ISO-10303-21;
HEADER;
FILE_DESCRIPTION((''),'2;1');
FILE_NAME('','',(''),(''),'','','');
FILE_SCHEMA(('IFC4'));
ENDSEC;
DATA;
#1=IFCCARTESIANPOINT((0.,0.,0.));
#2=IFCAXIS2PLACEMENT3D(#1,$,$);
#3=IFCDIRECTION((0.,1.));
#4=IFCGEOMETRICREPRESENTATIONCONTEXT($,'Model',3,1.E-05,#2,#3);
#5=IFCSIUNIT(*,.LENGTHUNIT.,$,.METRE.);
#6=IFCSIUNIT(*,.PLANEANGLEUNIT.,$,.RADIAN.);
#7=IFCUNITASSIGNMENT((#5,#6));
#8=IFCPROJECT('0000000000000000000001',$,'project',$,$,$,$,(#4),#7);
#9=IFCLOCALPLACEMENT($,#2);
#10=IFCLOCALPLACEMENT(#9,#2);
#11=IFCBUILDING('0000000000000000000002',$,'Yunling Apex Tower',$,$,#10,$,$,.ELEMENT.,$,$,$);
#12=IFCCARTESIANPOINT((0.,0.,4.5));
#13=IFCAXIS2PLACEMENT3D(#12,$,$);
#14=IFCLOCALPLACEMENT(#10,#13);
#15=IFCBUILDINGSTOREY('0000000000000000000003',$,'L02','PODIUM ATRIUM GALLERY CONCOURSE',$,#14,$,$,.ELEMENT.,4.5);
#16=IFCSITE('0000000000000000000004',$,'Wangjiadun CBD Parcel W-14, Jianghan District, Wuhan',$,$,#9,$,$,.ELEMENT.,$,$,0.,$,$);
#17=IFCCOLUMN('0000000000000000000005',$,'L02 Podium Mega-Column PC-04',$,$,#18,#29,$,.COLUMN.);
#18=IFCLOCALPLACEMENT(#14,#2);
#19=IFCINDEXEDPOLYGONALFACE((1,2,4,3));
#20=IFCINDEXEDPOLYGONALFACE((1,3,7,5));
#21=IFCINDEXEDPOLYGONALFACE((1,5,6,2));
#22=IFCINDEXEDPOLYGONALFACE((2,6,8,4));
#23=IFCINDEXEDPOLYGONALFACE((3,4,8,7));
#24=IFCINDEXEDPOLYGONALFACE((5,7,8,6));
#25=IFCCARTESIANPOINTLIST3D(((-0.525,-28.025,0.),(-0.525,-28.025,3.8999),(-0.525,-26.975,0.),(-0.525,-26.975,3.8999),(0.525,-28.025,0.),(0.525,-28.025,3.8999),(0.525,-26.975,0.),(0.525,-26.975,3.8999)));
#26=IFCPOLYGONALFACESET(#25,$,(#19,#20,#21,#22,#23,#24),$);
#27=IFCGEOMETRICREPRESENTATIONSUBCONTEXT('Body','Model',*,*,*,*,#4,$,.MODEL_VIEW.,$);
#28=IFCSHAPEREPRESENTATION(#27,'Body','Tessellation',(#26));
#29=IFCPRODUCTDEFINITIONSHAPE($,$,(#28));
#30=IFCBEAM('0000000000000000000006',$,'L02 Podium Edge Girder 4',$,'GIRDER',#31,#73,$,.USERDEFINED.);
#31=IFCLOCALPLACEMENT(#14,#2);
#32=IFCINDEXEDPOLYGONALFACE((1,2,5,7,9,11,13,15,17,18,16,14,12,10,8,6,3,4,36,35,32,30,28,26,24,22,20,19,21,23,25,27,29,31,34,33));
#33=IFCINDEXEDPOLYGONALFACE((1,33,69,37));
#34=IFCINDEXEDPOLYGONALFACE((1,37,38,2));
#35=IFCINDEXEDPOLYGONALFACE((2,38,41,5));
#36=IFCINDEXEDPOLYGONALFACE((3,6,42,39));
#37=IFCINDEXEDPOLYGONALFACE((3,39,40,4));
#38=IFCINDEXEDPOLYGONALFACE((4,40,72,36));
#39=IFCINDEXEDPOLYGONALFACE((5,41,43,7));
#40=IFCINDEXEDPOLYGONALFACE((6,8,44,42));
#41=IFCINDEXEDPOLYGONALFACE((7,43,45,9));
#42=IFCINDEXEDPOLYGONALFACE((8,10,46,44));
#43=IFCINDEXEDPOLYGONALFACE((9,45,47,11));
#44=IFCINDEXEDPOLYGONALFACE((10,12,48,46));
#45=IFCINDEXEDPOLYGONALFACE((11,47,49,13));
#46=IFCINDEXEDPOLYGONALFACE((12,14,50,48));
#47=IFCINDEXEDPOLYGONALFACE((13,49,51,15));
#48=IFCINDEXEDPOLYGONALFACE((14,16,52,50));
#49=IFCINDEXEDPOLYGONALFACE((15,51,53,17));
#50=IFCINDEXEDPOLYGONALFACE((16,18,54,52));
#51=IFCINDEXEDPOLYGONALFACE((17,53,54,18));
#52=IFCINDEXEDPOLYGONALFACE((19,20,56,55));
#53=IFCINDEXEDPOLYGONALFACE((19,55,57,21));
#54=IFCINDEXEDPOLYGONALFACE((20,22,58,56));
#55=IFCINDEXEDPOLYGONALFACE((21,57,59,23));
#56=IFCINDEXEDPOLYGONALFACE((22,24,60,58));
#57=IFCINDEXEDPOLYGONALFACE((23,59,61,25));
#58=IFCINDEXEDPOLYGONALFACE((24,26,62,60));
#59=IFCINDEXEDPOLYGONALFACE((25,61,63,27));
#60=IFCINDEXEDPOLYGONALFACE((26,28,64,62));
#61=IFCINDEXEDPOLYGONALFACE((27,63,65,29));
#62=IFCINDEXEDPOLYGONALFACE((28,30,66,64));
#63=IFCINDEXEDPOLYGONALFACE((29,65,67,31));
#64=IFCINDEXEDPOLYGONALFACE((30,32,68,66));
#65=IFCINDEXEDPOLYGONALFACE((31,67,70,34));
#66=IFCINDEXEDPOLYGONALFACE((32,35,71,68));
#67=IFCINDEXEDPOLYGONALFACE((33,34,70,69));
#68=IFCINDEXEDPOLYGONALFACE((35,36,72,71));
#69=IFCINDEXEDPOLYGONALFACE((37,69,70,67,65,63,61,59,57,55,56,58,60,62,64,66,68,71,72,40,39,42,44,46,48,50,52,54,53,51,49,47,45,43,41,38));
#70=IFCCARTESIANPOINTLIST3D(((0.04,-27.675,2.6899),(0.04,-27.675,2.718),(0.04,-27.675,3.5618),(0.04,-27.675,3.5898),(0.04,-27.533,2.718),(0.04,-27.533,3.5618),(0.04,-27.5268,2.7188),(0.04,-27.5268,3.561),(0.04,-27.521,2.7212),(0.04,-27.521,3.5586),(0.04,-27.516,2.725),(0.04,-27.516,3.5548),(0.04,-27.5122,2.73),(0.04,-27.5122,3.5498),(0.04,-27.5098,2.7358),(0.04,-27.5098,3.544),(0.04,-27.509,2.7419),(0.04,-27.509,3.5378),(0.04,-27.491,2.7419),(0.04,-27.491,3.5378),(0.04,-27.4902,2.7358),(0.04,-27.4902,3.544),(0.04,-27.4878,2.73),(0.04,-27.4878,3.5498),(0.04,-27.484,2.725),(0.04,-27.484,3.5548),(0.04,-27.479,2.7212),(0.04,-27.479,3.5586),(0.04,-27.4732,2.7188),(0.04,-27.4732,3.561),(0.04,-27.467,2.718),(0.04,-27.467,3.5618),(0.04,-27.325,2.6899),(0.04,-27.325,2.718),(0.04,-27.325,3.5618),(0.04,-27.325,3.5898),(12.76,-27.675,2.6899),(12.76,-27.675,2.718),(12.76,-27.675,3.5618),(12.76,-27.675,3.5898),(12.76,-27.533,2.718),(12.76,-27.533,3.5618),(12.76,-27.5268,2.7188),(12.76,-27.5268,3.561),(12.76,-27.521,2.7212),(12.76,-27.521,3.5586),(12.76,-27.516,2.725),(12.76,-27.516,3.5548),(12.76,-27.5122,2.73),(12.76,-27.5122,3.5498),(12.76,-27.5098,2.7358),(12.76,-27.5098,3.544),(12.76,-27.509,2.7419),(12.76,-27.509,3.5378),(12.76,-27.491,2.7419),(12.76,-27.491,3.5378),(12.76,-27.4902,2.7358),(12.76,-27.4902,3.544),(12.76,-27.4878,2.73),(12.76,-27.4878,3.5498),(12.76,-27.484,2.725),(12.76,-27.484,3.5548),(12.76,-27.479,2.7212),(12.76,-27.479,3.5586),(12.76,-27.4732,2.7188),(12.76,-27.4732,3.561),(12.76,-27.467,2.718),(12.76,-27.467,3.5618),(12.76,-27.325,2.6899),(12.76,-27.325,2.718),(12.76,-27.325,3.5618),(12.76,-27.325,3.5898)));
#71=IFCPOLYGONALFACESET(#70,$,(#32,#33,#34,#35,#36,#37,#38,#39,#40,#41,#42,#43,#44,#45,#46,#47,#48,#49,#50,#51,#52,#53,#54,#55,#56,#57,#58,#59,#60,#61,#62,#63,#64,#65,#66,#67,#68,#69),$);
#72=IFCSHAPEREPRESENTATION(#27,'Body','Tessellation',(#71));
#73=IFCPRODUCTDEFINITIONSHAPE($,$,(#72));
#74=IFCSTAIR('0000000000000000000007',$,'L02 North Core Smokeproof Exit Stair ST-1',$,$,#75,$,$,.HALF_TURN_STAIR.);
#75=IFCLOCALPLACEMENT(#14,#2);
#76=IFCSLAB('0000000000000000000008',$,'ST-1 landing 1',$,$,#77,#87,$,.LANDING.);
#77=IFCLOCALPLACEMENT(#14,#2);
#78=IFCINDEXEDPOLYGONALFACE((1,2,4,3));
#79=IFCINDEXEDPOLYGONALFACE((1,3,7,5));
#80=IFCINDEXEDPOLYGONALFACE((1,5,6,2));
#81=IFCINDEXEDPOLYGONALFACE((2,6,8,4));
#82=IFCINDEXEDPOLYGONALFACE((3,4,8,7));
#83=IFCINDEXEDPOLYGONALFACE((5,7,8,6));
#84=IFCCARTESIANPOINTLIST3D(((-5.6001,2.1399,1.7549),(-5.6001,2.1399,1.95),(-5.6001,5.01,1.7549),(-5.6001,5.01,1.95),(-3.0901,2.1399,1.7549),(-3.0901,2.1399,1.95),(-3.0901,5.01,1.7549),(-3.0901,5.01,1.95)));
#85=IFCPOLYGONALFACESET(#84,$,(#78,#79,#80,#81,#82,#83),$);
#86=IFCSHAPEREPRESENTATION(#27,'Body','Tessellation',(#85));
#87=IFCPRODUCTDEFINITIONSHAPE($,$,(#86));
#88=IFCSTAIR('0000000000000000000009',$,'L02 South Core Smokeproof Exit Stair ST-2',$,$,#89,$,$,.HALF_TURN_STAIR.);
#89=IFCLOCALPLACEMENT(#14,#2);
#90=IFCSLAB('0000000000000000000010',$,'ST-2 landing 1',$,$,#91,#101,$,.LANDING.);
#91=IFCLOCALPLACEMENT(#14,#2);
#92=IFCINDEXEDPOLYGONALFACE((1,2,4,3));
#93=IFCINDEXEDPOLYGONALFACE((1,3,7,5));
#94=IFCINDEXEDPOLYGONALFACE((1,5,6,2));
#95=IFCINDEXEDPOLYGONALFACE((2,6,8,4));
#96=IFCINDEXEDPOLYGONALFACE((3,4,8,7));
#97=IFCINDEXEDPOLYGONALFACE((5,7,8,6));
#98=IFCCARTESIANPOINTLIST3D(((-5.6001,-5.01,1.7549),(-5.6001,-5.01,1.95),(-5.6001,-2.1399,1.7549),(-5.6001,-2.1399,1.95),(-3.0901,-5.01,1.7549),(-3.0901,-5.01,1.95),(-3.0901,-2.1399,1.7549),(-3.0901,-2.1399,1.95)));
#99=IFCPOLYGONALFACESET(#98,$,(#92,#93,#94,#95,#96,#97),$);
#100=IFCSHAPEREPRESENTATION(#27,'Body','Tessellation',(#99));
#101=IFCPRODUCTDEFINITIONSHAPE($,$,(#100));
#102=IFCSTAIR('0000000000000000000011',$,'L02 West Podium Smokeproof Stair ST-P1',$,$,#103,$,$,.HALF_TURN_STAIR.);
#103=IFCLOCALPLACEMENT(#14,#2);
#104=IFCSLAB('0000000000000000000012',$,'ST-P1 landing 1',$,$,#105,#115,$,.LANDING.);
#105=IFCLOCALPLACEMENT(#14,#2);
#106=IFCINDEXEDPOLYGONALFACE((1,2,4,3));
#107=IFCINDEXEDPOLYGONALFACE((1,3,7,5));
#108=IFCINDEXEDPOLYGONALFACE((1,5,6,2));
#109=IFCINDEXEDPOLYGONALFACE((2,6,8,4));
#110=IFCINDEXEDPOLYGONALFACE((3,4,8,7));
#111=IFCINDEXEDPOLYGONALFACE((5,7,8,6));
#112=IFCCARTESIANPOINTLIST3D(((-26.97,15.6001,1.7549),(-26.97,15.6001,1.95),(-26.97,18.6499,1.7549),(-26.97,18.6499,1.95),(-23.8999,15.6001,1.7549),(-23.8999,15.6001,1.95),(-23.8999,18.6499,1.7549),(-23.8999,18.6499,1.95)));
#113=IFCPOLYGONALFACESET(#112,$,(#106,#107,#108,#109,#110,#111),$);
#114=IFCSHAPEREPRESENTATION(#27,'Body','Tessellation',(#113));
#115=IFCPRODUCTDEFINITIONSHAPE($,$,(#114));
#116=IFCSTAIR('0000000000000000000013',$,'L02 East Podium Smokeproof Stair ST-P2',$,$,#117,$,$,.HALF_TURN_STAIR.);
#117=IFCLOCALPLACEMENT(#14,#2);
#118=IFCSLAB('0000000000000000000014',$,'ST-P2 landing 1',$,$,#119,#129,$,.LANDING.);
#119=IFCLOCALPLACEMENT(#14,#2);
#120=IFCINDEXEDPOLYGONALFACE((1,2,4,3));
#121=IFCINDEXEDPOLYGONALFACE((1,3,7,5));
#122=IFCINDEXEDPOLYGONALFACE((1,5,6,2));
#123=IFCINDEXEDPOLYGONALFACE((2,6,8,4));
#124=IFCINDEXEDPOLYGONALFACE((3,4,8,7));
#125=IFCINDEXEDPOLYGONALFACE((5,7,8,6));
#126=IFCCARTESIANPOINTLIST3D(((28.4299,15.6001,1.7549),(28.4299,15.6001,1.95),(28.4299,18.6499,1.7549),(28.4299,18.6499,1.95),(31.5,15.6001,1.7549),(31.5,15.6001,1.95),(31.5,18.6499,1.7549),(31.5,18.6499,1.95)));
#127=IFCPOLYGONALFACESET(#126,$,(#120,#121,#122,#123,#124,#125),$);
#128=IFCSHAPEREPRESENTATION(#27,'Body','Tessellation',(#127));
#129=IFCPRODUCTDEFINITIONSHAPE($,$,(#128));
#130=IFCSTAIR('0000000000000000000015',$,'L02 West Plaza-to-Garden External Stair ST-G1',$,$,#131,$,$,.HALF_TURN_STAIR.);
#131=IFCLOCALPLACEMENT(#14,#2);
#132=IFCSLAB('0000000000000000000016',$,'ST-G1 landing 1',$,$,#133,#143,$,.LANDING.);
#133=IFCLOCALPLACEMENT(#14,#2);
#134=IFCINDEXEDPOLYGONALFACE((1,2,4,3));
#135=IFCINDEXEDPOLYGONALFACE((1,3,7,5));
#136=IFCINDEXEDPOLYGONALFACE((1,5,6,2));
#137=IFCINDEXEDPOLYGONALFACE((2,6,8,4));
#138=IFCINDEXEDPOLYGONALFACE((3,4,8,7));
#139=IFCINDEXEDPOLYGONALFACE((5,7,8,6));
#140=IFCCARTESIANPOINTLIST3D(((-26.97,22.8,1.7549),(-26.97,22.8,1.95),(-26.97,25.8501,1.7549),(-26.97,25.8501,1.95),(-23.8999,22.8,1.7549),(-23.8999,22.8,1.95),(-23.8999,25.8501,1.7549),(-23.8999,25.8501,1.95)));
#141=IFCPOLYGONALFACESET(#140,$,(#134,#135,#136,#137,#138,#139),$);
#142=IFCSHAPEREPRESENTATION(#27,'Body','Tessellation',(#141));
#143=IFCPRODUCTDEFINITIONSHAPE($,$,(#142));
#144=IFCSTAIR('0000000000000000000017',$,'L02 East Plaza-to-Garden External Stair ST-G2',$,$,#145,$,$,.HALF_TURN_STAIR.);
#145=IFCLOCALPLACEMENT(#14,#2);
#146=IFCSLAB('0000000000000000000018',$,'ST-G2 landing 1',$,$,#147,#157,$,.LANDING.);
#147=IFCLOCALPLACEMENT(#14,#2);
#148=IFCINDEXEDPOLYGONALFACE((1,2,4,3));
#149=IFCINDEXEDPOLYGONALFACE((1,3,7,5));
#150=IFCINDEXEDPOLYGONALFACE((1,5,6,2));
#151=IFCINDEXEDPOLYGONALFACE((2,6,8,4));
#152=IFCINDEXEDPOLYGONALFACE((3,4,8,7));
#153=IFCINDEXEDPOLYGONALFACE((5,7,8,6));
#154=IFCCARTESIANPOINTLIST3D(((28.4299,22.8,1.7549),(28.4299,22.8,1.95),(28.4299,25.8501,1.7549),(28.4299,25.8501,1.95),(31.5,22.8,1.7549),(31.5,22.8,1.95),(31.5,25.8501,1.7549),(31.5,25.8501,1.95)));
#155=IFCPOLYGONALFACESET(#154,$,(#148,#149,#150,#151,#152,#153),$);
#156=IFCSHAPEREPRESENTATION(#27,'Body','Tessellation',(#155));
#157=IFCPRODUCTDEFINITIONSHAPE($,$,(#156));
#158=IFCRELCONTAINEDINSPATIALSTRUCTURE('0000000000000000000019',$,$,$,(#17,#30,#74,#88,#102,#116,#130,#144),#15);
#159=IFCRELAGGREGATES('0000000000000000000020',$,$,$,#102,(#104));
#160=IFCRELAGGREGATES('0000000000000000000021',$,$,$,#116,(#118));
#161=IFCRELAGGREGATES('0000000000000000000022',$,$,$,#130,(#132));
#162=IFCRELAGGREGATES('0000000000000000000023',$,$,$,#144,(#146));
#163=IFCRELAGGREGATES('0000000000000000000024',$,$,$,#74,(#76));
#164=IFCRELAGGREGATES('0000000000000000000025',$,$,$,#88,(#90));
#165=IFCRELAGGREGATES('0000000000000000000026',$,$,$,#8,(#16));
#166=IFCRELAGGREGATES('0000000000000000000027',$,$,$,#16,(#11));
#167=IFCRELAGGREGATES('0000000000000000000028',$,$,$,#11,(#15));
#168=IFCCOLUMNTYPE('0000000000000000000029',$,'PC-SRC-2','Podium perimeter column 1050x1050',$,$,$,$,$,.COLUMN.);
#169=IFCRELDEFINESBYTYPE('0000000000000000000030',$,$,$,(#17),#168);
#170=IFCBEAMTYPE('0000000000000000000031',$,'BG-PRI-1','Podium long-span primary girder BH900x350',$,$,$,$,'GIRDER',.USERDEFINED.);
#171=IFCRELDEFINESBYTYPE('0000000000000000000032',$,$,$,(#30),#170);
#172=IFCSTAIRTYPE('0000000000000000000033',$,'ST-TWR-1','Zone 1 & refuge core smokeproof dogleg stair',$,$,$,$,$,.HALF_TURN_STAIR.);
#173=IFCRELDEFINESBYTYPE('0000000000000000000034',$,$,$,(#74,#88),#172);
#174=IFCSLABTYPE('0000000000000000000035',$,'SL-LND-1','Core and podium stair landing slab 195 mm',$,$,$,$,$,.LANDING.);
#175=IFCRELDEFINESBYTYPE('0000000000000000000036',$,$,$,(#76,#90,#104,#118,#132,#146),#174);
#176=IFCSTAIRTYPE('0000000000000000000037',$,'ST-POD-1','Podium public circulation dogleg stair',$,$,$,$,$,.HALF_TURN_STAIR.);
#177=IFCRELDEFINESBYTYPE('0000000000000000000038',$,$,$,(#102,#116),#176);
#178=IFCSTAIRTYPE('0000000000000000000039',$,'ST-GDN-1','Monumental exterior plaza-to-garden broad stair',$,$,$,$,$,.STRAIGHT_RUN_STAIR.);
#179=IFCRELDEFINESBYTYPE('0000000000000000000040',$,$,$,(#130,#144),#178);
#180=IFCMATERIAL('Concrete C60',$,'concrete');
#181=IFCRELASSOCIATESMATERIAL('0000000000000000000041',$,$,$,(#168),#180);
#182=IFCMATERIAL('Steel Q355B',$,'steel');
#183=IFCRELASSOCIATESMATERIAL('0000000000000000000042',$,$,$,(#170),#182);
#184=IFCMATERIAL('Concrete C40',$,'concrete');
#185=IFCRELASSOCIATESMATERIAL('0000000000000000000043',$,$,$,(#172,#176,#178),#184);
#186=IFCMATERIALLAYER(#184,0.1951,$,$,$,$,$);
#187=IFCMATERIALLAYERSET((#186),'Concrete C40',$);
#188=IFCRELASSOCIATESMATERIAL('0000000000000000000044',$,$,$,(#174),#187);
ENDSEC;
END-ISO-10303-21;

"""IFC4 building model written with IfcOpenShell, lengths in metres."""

from ifc_helpers import new_model, si_unit, direction, frame, origin, origin_2d, place, context, subcontext, project, spatial, polyline, rectangle, i_section, outline, extrude, source, transform, mapped, material, layer, layer_set, material_profile, profile_set, type_object, element, aggregate, save


model = new_model("IFC4")

# Units and contexts
model_context = context("Model", 3, precision=1e-05, world=origin(), true_north=direction((0.0, 1.0)))
body_context = subcontext(model_context, "Body", "Model", "MODEL_VIEW")
ifc_project = project(units=[si_unit("LENGTHUNIT", "METRE"), si_unit("PLANEANGLEUNIT", "RADIAN")], contexts=[model_context])

# Site, building, storey
site_placement = place(None, origin())
site = spatial("IfcSite", under=ifc_project, at=site_placement, Name="Wangjiadun CBD Parcel W-14, Jianghan District, Wuhan", CompositionType="ELEMENT", RefElevation=0.0)
building_placement = place(site_placement, origin())
building = spatial("IfcBuilding", under=site, at=building_placement, Name="Yunling Apex Tower", CompositionType="ELEMENT")
storey_placement = place(building_placement, frame((0.0, 0.0, 4.5)))
storey = spatial("IfcBuildingStorey", under=building, at=storey_placement, Name="L02", Description="PODIUM ATRIUM GALLERY CONCOURSE", CompositionType="ELEMENT", Elevation=4.5)

# Column
ifc_material_1 = material(Name="Concrete C60", Category="concrete")
ifc_material_profile_1 = material_profile(ifc_material_1, rectangle(XDim=1.05, YDim=1.05, at=origin_2d()))
ifc_profile_set_1 = profile_set([ifc_material_profile_1], Name="Concrete C60")
column_type = type_object("IfcColumnType", Name="PC-SRC-2", Description="Podium perimeter column 1050x1050", PredefinedType="COLUMN", material=ifc_profile_set_1)
shared_shape_1 = source(origin(), body_context, "Body", "SweptSolid", [
    extrude(rectangle(XDim=1.05, YDim=1.05, at=origin_2d()), origin(), (0.0, 0.0, 1.0), 3.8999),
])
column_placement = place(storey_placement, frame((0.0, -27.5, 0.0), z_axis=(0.0, 0.0, 1.0), x_axis=(1.0, 0.0, 0.0)))
element("IfcColumn", 1, at=column_placement, inside=storey, type_object=column_type, Name="L02 Podium Mega-Column PC-04", PredefinedType="COLUMN", context=body_context, shape_type="MappedRepresentation", body=[
    mapped(shared_shape_1, transform((0.0, 0.0, 0.0), scale=1.0)),
])

# Beam
ifc_material_2 = material(Name="Steel Q355B", Category="steel")
ifc_material_profile_2 = material_profile(ifc_material_2, i_section(OverallWidth=0.3501, OverallDepth=0.8999, WebThickness=0.0181, FlangeThickness=0.0281, FilletRadius=0.0239, at=origin_2d()))
ifc_profile_set_2 = profile_set([ifc_material_profile_2], Name="Steel Q355B")
beam_type = type_object("IfcBeamType", Name="BG-PRI-1", Description="Podium long-span primary girder BH900x350", ElementType="GIRDER", PredefinedType="USERDEFINED", material=ifc_profile_set_2)
shared_shape_2 = source(origin(), body_context, "Body", "SweptSolid", [
    extrude(i_section(OverallWidth=0.3501, OverallDepth=0.8999, WebThickness=0.0181, FlangeThickness=0.0281, FilletRadius=0.0239, at=origin_2d()), origin(), (0.0, 0.0, 1.0), 12.72),
])
beam_placement = place(storey_placement, frame((0.04, -27.5, 3.1399), z_axis=(1.0, 0.0, 0.0), x_axis=(0.0, 1.0, 0.0)))
element("IfcBeam", 2, at=beam_placement, inside=storey, type_object=beam_type, Name="L02 Podium Edge Girder 4", ObjectType="GIRDER", PredefinedType="USERDEFINED", context=body_context, shape_type="MappedRepresentation", body=[
    mapped(shared_shape_2, transform((0.0, 0.0, 0.0), scale=1.0)),
])

# Stairs, slabs
ifc_material_3 = material(Name="Concrete C40", Category="concrete")
stair_type_1 = type_object("IfcStairType", Name="ST-TWR-1", Description="Zone 1 & refuge core smokeproof dogleg stair", PredefinedType="HALF_TURN_STAIR", material=ifc_material_3)
stair_1_placement = place(storey_placement, origin())
stair_1 = element("IfcStair", 3, at=stair_1_placement, inside=storey, type_object=stair_type_1, Name="L02 North Core Smokeproof Exit Stair ST-1", PredefinedType="HALF_TURN_STAIR")
ifc_layer_1 = layer(ifc_material_3, 0.1951)
ifc_layer_set_1 = layer_set([ifc_layer_1], Name="Concrete C40")
slab_type_1 = type_object("IfcSlabType", Name="SL-LND-1", Description="Core and podium stair landing slab 195 mm", PredefinedType="LANDING", material=ifc_layer_set_1)
slab_1_placement = place(storey_placement, frame((0.0, 0.0, 1.7549)))
slab_1 = element("IfcSlab", 4, at=slab_1_placement, type_object=slab_type_1, Name="ST-1 landing 1", PredefinedType="LANDING", context=body_context, shape_type="SweptSolid", body=[
    extrude(outline(polyline([(-3.0901, 5.01), (-5.6001, 5.01), (-5.6001, 2.1399), (-3.0901, 2.1399), (-3.0901, 5.01)])), origin(), (0.0, 0.0, 1.0), 0.1951),
])
stair_2_placement = place(storey_placement, origin())
stair_2 = element("IfcStair", 5, at=stair_2_placement, inside=storey, type_object=stair_type_1, Name="L02 South Core Smokeproof Exit Stair ST-2", PredefinedType="HALF_TURN_STAIR")
slab_2_placement = place(storey_placement, frame((0.0, 0.0, 1.7549)))
slab_2 = element("IfcSlab", 6, at=slab_2_placement, type_object=slab_type_1, Name="ST-2 landing 1", PredefinedType="LANDING", context=body_context, shape_type="SweptSolid", body=[
    extrude(outline(polyline([(-3.0901, -2.1399), (-5.6001, -2.1399), (-5.6001, -5.01), (-3.0901, -5.01), (-3.0901, -2.1399)])), origin(), (0.0, 0.0, 1.0), 0.1951),
])
stair_type_2 = type_object("IfcStairType", Name="ST-POD-1", Description="Podium public circulation dogleg stair", PredefinedType="HALF_TURN_STAIR", material=ifc_material_3)
stair_3_placement = place(storey_placement, origin())
stair_3 = element("IfcStair", 7, at=stair_3_placement, inside=storey, type_object=stair_type_2, Name="L02 West Podium Smokeproof Stair ST-P1", PredefinedType="HALF_TURN_STAIR")
slab_3_placement = place(storey_placement, frame((0.0, 0.0, 1.7549)))
slab_3 = element("IfcSlab", 8, at=slab_3_placement, type_object=slab_type_1, Name="ST-P1 landing 1", PredefinedType="LANDING", context=body_context, shape_type="SweptSolid", body=[
    extrude(outline(polyline([(-26.97, 15.6001), (-23.8999, 15.6001), (-23.8999, 18.6499), (-26.97, 18.6499), (-26.97, 15.6001)])), origin(), (0.0, 0.0, 1.0), 0.1951),
])
aggregate(stair_3, [slab_3])
stair_4_placement = place(storey_placement, origin())
stair_4 = element("IfcStair", 9, at=stair_4_placement, inside=storey, type_object=stair_type_2, Name="L02 East Podium Smokeproof Stair ST-P2", PredefinedType="HALF_TURN_STAIR")
slab_4_placement = place(storey_placement, frame((0.0, 0.0, 1.7549)))
slab_4 = element("IfcSlab", 10, at=slab_4_placement, type_object=slab_type_1, Name="ST-P2 landing 1", PredefinedType="LANDING", context=body_context, shape_type="SweptSolid", body=[
    extrude(outline(polyline([(28.4299, 15.6001), (31.5, 15.6001), (31.5, 18.6499), (28.4299, 18.6499), (28.4299, 15.6001)])), origin(), (0.0, 0.0, 1.0), 0.1951),
])
aggregate(stair_4, [slab_4])
stair_type_3 = type_object("IfcStairType", Name="ST-GDN-1", Description="Monumental exterior plaza-to-garden broad stair", PredefinedType="STRAIGHT_RUN_STAIR", material=ifc_material_3)
stair_5_placement = place(storey_placement, origin())
stair_5 = element("IfcStair", 11, at=stair_5_placement, inside=storey, type_object=stair_type_3, Name="L02 West Plaza-to-Garden External Stair ST-G1", PredefinedType="HALF_TURN_STAIR")
slab_5_placement = place(storey_placement, frame((0.0, 0.0, 1.7549)))
slab_5 = element("IfcSlab", 12, at=slab_5_placement, type_object=slab_type_1, Name="ST-G1 landing 1", PredefinedType="LANDING", context=body_context, shape_type="SweptSolid", body=[
    extrude(outline(polyline([(-26.97, 22.8), (-23.8999, 22.8), (-23.8999, 25.8501), (-26.97, 25.8501), (-26.97, 22.8)])), origin(), (0.0, 0.0, 1.0), 0.1951),
])
aggregate(stair_5, [slab_5])
stair_6_placement = place(storey_placement, origin())
stair_6 = element("IfcStair", 13, at=stair_6_placement, inside=storey, type_object=stair_type_3, Name="L02 East Plaza-to-Garden External Stair ST-G2", PredefinedType="HALF_TURN_STAIR")
slab_6_placement = place(storey_placement, frame((0.0, 0.0, 1.7549)))
slab_6 = element("IfcSlab", 14, at=slab_6_placement, type_object=slab_type_1, Name="ST-G2 landing 1", PredefinedType="LANDING", context=body_context, shape_type="SweptSolid", body=[
    extrude(outline(polyline([(28.4299, 22.8), (31.5, 22.8), (31.5, 25.8501), (28.4299, 25.8501), (28.4299, 22.8)])), origin(), (0.0, 0.0, 1.0), 0.1951),
])
aggregate(stair_6, [slab_6])

aggregate(stair_1, [slab_1])
aggregate(stair_2, [slab_2])

save(model, "model.ifc")
